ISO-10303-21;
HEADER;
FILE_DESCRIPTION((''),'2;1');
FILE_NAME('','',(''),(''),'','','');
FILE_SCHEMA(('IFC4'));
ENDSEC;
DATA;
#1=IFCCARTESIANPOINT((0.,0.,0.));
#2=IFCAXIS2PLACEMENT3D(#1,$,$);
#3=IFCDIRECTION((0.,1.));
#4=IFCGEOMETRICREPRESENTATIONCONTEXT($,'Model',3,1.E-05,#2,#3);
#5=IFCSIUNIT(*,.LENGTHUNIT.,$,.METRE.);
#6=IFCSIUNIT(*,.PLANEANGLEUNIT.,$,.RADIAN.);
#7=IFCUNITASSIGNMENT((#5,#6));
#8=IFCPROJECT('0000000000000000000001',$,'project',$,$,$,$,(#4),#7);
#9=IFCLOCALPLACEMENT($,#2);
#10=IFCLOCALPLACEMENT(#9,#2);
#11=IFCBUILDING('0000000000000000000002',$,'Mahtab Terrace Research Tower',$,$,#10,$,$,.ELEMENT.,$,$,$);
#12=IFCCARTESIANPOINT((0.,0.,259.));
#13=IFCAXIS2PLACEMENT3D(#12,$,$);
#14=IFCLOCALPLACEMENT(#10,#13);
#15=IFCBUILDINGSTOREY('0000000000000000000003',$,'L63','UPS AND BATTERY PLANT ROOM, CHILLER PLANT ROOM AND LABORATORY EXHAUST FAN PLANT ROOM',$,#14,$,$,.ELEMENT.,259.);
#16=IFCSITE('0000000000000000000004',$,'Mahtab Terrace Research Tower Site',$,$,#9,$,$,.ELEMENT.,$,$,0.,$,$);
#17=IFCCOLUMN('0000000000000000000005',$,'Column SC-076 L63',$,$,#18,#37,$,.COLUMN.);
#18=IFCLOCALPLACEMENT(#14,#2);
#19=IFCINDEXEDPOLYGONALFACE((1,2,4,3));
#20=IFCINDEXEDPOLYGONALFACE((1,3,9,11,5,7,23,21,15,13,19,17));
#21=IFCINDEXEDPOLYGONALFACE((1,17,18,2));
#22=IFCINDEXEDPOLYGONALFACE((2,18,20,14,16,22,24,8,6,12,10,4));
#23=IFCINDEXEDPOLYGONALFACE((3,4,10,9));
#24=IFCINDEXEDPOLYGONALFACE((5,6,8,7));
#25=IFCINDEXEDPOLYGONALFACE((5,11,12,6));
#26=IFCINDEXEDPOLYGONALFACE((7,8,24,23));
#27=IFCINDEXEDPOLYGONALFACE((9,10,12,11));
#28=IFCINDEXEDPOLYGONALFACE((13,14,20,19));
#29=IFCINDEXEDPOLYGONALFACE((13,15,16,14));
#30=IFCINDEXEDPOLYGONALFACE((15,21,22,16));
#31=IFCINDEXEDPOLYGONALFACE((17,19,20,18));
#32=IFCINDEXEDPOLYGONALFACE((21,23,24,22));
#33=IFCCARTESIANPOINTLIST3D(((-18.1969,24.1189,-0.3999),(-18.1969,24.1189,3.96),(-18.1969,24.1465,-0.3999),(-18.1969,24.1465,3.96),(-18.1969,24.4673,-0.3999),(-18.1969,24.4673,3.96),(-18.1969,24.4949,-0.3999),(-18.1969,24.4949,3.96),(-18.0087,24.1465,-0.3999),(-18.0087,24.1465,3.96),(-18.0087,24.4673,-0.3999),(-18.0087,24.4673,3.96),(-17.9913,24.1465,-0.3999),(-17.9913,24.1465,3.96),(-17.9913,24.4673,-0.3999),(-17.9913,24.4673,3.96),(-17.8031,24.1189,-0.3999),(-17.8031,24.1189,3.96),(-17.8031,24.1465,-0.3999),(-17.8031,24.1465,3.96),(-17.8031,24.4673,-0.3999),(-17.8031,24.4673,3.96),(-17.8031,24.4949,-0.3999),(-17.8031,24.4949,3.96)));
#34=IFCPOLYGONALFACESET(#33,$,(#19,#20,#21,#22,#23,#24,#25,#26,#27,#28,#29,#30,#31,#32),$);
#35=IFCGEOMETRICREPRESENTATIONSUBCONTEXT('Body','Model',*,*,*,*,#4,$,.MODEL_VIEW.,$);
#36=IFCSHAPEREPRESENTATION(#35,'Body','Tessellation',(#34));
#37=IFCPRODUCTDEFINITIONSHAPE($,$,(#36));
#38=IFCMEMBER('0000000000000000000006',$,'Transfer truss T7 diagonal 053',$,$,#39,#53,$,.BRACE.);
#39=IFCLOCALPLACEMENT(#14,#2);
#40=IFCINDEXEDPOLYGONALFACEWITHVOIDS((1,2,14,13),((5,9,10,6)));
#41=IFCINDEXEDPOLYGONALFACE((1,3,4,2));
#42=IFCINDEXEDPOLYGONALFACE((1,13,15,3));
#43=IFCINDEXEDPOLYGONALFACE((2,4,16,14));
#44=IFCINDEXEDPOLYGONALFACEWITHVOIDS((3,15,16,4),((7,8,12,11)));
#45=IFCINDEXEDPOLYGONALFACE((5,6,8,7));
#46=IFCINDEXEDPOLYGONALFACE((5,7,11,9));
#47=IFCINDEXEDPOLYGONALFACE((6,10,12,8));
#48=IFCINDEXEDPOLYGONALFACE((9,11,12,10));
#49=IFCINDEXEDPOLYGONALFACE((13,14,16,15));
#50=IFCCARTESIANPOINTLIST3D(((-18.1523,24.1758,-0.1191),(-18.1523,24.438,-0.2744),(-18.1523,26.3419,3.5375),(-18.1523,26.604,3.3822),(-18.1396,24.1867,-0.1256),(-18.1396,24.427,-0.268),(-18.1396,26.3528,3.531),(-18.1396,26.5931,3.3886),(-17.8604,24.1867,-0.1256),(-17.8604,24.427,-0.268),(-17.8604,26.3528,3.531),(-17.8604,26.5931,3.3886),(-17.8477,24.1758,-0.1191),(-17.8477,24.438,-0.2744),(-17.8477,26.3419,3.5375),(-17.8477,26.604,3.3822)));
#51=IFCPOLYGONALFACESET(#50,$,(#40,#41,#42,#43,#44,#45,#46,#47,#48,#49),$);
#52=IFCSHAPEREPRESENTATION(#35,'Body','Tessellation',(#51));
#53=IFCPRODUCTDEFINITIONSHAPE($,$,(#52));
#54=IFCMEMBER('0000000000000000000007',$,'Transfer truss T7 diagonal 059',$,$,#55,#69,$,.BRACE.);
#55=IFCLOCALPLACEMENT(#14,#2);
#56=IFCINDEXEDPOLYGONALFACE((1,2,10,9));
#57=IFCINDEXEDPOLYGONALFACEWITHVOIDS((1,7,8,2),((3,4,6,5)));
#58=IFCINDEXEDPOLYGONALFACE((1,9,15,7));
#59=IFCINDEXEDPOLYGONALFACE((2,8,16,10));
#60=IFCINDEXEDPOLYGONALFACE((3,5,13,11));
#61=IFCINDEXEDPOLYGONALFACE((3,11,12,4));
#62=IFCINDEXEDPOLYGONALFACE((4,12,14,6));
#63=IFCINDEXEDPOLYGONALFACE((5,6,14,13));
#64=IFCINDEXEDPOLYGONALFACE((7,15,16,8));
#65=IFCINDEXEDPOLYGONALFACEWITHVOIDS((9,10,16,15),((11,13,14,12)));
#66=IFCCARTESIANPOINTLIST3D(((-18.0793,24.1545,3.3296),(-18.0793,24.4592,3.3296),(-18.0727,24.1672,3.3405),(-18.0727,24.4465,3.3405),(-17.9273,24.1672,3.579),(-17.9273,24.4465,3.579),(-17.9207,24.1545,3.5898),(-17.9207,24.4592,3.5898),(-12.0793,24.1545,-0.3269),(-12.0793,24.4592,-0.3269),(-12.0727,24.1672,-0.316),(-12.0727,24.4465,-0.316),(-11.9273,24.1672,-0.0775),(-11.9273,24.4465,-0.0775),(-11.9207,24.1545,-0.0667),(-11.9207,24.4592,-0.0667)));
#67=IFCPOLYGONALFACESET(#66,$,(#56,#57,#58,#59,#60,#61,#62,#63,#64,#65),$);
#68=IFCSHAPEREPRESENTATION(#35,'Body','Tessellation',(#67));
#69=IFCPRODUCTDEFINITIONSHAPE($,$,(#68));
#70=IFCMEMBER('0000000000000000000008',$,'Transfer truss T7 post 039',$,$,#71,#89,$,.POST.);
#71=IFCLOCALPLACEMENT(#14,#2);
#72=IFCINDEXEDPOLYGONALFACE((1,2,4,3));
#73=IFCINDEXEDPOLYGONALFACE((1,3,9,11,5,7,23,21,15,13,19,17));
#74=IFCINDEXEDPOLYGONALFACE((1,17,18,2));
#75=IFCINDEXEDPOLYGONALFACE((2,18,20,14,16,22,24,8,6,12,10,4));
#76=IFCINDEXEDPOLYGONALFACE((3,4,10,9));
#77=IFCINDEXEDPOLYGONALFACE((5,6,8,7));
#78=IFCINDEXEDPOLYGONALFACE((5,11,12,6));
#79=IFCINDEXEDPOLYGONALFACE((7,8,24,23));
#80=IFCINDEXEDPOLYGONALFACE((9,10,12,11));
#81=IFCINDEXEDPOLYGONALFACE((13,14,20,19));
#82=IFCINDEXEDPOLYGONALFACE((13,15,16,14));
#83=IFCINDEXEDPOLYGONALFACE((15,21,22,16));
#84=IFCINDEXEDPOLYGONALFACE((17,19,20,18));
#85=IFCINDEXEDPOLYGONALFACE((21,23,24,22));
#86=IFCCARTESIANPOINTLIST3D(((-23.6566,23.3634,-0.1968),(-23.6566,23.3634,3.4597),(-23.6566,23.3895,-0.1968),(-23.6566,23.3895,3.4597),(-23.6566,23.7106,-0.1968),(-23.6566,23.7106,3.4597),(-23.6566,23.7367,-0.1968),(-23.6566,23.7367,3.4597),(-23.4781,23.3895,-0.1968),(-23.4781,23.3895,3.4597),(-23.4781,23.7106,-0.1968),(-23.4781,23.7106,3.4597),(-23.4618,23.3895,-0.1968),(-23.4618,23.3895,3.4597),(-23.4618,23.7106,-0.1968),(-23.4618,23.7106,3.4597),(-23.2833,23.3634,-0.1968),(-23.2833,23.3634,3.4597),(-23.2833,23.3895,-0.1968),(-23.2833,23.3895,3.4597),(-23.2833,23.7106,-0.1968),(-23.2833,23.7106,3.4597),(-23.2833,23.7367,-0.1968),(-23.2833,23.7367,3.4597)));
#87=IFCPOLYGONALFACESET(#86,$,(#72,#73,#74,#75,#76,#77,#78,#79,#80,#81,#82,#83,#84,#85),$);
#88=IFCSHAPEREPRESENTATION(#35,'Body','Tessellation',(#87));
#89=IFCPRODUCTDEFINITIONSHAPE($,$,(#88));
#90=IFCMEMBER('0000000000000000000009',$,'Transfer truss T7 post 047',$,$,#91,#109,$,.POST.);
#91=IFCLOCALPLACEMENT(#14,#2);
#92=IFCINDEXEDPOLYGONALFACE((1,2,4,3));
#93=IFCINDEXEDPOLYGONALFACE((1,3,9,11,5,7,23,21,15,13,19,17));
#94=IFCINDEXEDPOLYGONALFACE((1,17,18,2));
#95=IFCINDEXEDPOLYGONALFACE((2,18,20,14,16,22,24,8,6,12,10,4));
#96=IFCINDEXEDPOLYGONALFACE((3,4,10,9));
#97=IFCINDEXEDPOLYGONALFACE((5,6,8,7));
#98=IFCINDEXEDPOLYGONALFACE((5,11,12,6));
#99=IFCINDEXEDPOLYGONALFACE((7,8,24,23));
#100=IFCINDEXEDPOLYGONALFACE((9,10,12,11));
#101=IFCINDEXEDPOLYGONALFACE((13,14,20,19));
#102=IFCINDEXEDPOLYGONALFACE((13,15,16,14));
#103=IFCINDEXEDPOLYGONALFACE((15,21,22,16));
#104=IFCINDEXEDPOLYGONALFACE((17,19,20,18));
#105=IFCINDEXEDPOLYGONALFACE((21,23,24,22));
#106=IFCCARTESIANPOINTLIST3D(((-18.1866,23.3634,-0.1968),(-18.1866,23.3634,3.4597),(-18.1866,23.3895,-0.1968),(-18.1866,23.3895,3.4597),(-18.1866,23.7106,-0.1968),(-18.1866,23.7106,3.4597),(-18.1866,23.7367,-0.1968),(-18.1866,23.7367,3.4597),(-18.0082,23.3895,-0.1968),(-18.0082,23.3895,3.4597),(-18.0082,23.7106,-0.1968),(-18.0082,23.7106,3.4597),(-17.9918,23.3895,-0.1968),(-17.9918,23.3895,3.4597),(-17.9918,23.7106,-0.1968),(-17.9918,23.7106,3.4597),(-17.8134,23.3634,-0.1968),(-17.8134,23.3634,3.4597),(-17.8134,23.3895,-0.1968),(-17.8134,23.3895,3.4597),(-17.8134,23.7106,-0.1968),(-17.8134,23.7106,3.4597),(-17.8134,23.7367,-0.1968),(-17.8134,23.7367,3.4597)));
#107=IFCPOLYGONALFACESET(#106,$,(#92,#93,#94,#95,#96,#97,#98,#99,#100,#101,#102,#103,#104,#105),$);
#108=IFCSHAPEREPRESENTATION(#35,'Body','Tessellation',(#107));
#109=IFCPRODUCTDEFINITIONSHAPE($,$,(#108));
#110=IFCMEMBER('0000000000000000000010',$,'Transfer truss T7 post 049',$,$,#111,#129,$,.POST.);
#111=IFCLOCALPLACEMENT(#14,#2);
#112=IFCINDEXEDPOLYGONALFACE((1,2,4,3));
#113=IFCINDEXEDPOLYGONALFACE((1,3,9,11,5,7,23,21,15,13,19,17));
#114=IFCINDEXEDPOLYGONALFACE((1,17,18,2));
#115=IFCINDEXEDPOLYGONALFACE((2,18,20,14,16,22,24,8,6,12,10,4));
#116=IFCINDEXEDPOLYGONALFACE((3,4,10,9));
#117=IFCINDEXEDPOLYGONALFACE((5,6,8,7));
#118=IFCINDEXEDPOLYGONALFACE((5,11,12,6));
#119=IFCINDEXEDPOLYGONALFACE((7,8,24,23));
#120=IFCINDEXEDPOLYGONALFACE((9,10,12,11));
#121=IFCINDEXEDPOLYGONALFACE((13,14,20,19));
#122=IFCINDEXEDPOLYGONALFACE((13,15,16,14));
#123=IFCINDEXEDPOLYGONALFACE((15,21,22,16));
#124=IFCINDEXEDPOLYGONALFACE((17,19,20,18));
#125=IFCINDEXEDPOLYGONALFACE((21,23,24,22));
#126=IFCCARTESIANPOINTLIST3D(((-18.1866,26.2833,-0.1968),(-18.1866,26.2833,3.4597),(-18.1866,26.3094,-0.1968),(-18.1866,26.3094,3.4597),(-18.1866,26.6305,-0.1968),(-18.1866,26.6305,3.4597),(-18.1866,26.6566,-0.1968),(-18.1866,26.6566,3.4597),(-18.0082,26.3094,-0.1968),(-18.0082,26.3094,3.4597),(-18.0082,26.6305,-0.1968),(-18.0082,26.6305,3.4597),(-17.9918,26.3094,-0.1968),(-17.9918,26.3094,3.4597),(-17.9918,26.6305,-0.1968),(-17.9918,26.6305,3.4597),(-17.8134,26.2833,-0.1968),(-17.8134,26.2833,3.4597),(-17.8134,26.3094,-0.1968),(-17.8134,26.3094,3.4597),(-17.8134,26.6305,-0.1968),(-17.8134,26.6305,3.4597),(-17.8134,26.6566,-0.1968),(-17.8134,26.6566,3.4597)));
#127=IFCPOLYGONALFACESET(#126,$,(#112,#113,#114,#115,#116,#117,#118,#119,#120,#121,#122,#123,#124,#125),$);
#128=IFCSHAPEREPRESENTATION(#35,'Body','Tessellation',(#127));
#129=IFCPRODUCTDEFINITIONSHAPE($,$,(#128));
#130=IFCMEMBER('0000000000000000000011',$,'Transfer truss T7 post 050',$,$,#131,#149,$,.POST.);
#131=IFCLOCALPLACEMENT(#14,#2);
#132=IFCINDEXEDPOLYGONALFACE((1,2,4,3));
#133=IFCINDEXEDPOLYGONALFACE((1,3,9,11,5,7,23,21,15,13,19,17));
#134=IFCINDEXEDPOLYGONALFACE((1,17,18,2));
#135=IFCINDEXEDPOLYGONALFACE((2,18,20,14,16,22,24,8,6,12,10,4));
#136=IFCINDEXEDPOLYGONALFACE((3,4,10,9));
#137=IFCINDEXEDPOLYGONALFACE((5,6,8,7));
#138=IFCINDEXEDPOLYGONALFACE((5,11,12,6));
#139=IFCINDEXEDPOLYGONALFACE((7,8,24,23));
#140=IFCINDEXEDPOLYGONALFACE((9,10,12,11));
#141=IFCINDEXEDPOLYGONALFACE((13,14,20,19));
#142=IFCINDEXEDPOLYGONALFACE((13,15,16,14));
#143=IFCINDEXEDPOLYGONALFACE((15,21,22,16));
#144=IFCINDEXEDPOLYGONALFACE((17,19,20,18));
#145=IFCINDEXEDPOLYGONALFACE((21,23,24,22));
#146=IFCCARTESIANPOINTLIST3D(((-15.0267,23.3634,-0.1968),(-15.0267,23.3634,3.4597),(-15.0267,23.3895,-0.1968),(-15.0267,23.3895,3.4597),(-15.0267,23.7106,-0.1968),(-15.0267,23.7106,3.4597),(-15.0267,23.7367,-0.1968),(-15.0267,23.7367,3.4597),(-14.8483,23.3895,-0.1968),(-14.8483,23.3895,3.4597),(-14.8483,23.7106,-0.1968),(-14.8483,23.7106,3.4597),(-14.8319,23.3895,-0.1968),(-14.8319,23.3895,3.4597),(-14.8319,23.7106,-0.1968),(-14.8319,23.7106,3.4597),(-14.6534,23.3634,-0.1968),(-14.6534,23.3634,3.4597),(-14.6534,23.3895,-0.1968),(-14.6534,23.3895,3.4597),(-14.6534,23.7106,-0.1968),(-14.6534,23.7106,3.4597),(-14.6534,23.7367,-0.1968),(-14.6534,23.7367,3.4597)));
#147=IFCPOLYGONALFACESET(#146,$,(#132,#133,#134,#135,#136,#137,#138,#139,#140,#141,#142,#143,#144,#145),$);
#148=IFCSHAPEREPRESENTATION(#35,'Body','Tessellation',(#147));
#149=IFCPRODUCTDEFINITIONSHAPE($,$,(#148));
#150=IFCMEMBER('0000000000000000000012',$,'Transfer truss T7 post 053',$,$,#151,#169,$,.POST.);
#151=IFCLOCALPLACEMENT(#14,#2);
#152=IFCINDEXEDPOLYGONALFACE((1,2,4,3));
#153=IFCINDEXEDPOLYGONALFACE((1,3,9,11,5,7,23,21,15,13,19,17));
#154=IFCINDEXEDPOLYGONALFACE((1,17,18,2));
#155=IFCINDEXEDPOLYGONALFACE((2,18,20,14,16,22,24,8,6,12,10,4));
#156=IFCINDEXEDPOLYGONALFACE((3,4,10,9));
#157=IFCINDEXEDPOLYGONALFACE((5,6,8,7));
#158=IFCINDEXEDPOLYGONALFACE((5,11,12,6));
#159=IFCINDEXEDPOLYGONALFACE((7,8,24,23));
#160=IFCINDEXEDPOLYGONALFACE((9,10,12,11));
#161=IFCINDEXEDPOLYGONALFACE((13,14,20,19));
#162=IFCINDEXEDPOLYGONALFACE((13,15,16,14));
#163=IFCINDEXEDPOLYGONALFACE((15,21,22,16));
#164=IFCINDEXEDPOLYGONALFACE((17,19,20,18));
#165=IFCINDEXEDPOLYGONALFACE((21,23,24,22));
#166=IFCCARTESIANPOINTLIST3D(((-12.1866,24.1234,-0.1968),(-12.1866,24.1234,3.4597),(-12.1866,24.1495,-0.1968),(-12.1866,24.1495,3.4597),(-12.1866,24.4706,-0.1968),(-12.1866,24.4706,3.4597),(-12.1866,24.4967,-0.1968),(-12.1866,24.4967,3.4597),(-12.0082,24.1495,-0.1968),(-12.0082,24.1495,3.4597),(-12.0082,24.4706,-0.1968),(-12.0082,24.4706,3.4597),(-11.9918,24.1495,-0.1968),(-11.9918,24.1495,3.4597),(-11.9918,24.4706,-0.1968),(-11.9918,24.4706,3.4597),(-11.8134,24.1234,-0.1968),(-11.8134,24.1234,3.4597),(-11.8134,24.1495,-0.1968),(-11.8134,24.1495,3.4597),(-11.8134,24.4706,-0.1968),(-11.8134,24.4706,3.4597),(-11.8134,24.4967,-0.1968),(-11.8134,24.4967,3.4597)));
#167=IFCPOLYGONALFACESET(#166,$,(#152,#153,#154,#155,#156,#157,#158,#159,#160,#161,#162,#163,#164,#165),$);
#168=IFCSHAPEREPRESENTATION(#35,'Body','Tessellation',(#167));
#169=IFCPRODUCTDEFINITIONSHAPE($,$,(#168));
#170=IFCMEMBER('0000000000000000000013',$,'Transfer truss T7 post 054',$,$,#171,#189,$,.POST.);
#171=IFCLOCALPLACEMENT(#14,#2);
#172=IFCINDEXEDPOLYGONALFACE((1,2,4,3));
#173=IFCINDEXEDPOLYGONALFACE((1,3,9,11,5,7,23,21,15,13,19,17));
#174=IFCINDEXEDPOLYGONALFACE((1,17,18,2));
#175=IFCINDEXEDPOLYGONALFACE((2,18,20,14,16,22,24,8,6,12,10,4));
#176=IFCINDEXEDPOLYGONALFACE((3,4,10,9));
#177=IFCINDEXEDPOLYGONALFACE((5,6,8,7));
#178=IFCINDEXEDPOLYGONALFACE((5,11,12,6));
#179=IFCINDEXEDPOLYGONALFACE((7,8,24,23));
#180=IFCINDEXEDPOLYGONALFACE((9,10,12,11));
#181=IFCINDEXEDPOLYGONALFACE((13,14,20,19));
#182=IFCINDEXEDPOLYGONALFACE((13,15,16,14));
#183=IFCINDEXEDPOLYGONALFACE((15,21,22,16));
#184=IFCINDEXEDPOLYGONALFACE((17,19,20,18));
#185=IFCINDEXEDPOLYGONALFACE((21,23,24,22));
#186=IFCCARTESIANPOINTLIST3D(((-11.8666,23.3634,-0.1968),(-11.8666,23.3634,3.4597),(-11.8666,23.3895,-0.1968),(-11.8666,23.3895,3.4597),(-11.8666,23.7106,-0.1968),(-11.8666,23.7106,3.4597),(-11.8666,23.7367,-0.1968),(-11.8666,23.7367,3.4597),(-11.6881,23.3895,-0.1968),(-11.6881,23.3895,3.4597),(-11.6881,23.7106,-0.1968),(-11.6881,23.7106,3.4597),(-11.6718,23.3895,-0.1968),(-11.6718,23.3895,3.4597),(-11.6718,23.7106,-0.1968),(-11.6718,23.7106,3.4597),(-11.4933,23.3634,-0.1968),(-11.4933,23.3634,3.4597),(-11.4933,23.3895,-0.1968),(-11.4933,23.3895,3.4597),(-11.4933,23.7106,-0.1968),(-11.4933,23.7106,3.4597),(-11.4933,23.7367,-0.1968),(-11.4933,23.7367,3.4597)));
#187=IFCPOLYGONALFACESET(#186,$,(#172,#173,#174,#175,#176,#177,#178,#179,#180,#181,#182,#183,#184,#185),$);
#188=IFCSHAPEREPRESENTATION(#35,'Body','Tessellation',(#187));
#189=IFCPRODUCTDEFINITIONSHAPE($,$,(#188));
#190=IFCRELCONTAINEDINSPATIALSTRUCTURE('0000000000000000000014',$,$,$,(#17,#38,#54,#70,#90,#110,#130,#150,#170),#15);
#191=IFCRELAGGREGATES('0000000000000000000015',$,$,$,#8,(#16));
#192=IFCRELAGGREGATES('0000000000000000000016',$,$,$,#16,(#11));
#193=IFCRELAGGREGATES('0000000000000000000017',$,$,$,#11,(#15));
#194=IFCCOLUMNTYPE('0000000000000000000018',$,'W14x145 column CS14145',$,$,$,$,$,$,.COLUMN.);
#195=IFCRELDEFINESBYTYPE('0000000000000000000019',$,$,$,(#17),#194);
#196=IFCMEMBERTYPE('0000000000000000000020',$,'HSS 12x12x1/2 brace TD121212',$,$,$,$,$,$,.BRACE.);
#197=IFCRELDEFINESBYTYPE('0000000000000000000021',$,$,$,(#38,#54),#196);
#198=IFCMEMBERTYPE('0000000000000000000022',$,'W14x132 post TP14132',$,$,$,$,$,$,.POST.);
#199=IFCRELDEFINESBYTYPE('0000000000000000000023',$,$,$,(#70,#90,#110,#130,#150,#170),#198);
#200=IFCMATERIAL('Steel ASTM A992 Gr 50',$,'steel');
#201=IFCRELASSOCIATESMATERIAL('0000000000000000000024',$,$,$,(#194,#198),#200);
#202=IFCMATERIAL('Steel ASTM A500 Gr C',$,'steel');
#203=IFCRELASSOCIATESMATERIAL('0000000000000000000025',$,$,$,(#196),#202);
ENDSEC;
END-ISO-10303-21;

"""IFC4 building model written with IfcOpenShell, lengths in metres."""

from ifc_helpers import new_model, si_unit, direction, frame, origin, origin_2d, place, context, subcontext, project, spatial, hollow_rectangle, i_section, extrude, material, material_profile, profile_set, type_object, element, save


model = new_model("IFC4")

# Units and contexts
model_context = context("Model", 3, precision=1e-05, world=origin(), true_north=direction((0.0, 1.0)))
body_context = subcontext(model_context, "Body", "Model", "MODEL_VIEW")
ifc_project = project(units=[si_unit("LENGTHUNIT", "METRE"), si_unit("PLANEANGLEUNIT", "RADIAN")], contexts=[model_context])

# Site, building, storey
site_placement = place(None, origin())
site = spatial("IfcSite", under=ifc_project, at=site_placement, Name="Mahtab Terrace Research Tower Site", CompositionType="ELEMENT", RefElevation=0.0)
building_placement = place(site_placement, origin())
building = spatial("IfcBuilding", under=site, at=building_placement, Name="Mahtab Terrace Research Tower", CompositionType="ELEMENT")
storey_placement = place(building_placement, frame((0.0, 0.0, 259.0)))
storey = spatial("IfcBuildingStorey", under=building, at=storey_placement, Name="L63", Description="UPS AND BATTERY PLANT ROOM, CHILLER PLANT ROOM AND LABORATORY EXHAUST FAN PLANT ROOM", CompositionType="ELEMENT", Elevation=259.0)

# Column
ifc_material_1 = material(Name="Steel ASTM A992 Gr 50", Category="steel")
ifc_material_profile_1 = material_profile(ifc_material_1, i_section(OverallWidth=0.3938, OverallDepth=0.376, WebThickness=0.0173, FlangeThickness=0.0276, at=origin_2d()), Name="W14X145")
ifc_profile_set_1 = profile_set([ifc_material_profile_1], Name="Steel ASTM A992 Gr 50")
column_type = type_object("IfcColumnType", Name="W14x145 column CS14145", PredefinedType="COLUMN", material=ifc_profile_set_1)
column_placement = place(storey_placement, frame((-18.0, 24.3069, -0.3999), z_axis=(0.0, 0.0, 1.0), x_axis=(1.0, 0.0, 0.0)))
element("IfcColumn", 1, at=column_placement, inside=storey, type_object=column_type, Name="Column SC-076 L63", PredefinedType="COLUMN", context=body_context, shape_type="SweptSolid", body=[
    extrude(i_section(OverallWidth=0.3938, OverallDepth=0.376, WebThickness=0.0173, FlangeThickness=0.0276, at=origin_2d()), origin(), (0.0, 0.0, 1.0), 4.3599),
])

# Members
ifc_material_2 = material(Name="Steel ASTM A500 Gr C", Category="steel")
ifc_material_profile_2 = material_profile(ifc_material_2, hollow_rectangle(XDim=0.3047, YDim=0.3047, WallThickness=0.0127, at=origin_2d()), Name="HSS12X12X1/2")
ifc_profile_set_2 = profile_set([ifc_material_profile_2], Name="Steel ASTM A500 Gr C")
member_type_1 = type_object("IfcMemberType", Name="HSS 12x12x1/2 brace TD121212", PredefinedType="BRACE", material=ifc_profile_set_2)
member_1_placement = place(storey_placement, frame((-18.0, 24.3069, -0.1968), z_axis=(0.0, 0.509664, 0.860374), x_axis=(-1.0, 0.0, 0.0)))
element("IfcMember", 2, at=member_1_placement, inside=storey, type_object=member_type_1, Name="Transfer truss T7 diagonal 053", PredefinedType="BRACE", context=body_context, shape_type="SweptSolid", body=[
    extrude(hollow_rectangle(XDim=0.3047, YDim=0.3047, WallThickness=0.0127, at=origin_2d()), origin(), (0.0, 0.0, 1.0), 4.25),
])
member_2_placement = place(storey_placement, frame((-12.0, 24.3069, -0.1968), z_axis=(-0.853925, 0.0, 0.520396), x_axis=(0.0, -1.0, 0.0)))
element("IfcMember", 3, at=member_2_placement, inside=storey, type_object=member_type_1, Name="Transfer truss T7 diagonal 059", PredefinedType="BRACE", context=body_context, shape_type="SweptSolid", body=[
    extrude(hollow_rectangle(XDim=0.3047, YDim=0.3047, WallThickness=0.0127, at=origin_2d()), origin(), (0.0, 0.0, 1.0), 7.0264),
])
ifc_material_profile_3 = material_profile(ifc_material_1, i_section(OverallWidth=0.3733, OverallDepth=0.3733, WebThickness=0.0164, FlangeThickness=0.0261, at=origin_2d()), Name="W14X132")
ifc_profile_set_3 = profile_set([ifc_material_profile_3], Name="Steel ASTM A992 Gr 50")
member_type_2 = type_object("IfcMemberType", Name="W14x132 post TP14132", PredefinedType="POST", material=ifc_profile_set_3)
for number, where, z_axis, x_axis, name in (
    (4, (-23.47, 23.55, -0.1968), (0.0, 0.0, 1.0), (1.0, 0.0, 0.0), "Transfer truss T7 post 039"),
    (5, (-18.0, 23.55, -0.1968), (0.0, 0.0, 1.0), (1.0, 0.0, 0.0), "Transfer truss T7 post 047"),
    (6, (-18.0, 26.47, -0.1968), (0.0, 0.0, 1.0), (1.0, 0.0, 0.0), "Transfer truss T7 post 049"),
    (7, (-14.8401, 23.55, -0.1968), (0.0, 0.0, 1.0), (1.0, 0.0, 0.0), "Transfer truss T7 post 050"),
    (8, (-12.0, 24.3101, -0.1968), (0.0, 0.0, 1.0), (1.0, 0.0, 0.0), "Transfer truss T7 post 053"),
    (9, (-11.6799, 23.55, -0.1968), (0.0, 0.0, 1.0), (1.0, 0.0, 0.0), "Transfer truss T7 post 054"),
):
    element("IfcMember", number, at=place(storey_placement, frame(where, z_axis=z_axis, x_axis=x_axis)), inside=storey, type_object=member_type_2, Name=name, PredefinedType="POST", context=body_context, shape_type="SweptSolid", body=[
        extrude(i_section(OverallWidth=0.3733, OverallDepth=0.3733, WebThickness=0.0164, FlangeThickness=0.0261, at=origin_2d()), origin(), (0.0, 0.0, 1.0), 3.6565),
    ])

save(model, "model.ifc")
